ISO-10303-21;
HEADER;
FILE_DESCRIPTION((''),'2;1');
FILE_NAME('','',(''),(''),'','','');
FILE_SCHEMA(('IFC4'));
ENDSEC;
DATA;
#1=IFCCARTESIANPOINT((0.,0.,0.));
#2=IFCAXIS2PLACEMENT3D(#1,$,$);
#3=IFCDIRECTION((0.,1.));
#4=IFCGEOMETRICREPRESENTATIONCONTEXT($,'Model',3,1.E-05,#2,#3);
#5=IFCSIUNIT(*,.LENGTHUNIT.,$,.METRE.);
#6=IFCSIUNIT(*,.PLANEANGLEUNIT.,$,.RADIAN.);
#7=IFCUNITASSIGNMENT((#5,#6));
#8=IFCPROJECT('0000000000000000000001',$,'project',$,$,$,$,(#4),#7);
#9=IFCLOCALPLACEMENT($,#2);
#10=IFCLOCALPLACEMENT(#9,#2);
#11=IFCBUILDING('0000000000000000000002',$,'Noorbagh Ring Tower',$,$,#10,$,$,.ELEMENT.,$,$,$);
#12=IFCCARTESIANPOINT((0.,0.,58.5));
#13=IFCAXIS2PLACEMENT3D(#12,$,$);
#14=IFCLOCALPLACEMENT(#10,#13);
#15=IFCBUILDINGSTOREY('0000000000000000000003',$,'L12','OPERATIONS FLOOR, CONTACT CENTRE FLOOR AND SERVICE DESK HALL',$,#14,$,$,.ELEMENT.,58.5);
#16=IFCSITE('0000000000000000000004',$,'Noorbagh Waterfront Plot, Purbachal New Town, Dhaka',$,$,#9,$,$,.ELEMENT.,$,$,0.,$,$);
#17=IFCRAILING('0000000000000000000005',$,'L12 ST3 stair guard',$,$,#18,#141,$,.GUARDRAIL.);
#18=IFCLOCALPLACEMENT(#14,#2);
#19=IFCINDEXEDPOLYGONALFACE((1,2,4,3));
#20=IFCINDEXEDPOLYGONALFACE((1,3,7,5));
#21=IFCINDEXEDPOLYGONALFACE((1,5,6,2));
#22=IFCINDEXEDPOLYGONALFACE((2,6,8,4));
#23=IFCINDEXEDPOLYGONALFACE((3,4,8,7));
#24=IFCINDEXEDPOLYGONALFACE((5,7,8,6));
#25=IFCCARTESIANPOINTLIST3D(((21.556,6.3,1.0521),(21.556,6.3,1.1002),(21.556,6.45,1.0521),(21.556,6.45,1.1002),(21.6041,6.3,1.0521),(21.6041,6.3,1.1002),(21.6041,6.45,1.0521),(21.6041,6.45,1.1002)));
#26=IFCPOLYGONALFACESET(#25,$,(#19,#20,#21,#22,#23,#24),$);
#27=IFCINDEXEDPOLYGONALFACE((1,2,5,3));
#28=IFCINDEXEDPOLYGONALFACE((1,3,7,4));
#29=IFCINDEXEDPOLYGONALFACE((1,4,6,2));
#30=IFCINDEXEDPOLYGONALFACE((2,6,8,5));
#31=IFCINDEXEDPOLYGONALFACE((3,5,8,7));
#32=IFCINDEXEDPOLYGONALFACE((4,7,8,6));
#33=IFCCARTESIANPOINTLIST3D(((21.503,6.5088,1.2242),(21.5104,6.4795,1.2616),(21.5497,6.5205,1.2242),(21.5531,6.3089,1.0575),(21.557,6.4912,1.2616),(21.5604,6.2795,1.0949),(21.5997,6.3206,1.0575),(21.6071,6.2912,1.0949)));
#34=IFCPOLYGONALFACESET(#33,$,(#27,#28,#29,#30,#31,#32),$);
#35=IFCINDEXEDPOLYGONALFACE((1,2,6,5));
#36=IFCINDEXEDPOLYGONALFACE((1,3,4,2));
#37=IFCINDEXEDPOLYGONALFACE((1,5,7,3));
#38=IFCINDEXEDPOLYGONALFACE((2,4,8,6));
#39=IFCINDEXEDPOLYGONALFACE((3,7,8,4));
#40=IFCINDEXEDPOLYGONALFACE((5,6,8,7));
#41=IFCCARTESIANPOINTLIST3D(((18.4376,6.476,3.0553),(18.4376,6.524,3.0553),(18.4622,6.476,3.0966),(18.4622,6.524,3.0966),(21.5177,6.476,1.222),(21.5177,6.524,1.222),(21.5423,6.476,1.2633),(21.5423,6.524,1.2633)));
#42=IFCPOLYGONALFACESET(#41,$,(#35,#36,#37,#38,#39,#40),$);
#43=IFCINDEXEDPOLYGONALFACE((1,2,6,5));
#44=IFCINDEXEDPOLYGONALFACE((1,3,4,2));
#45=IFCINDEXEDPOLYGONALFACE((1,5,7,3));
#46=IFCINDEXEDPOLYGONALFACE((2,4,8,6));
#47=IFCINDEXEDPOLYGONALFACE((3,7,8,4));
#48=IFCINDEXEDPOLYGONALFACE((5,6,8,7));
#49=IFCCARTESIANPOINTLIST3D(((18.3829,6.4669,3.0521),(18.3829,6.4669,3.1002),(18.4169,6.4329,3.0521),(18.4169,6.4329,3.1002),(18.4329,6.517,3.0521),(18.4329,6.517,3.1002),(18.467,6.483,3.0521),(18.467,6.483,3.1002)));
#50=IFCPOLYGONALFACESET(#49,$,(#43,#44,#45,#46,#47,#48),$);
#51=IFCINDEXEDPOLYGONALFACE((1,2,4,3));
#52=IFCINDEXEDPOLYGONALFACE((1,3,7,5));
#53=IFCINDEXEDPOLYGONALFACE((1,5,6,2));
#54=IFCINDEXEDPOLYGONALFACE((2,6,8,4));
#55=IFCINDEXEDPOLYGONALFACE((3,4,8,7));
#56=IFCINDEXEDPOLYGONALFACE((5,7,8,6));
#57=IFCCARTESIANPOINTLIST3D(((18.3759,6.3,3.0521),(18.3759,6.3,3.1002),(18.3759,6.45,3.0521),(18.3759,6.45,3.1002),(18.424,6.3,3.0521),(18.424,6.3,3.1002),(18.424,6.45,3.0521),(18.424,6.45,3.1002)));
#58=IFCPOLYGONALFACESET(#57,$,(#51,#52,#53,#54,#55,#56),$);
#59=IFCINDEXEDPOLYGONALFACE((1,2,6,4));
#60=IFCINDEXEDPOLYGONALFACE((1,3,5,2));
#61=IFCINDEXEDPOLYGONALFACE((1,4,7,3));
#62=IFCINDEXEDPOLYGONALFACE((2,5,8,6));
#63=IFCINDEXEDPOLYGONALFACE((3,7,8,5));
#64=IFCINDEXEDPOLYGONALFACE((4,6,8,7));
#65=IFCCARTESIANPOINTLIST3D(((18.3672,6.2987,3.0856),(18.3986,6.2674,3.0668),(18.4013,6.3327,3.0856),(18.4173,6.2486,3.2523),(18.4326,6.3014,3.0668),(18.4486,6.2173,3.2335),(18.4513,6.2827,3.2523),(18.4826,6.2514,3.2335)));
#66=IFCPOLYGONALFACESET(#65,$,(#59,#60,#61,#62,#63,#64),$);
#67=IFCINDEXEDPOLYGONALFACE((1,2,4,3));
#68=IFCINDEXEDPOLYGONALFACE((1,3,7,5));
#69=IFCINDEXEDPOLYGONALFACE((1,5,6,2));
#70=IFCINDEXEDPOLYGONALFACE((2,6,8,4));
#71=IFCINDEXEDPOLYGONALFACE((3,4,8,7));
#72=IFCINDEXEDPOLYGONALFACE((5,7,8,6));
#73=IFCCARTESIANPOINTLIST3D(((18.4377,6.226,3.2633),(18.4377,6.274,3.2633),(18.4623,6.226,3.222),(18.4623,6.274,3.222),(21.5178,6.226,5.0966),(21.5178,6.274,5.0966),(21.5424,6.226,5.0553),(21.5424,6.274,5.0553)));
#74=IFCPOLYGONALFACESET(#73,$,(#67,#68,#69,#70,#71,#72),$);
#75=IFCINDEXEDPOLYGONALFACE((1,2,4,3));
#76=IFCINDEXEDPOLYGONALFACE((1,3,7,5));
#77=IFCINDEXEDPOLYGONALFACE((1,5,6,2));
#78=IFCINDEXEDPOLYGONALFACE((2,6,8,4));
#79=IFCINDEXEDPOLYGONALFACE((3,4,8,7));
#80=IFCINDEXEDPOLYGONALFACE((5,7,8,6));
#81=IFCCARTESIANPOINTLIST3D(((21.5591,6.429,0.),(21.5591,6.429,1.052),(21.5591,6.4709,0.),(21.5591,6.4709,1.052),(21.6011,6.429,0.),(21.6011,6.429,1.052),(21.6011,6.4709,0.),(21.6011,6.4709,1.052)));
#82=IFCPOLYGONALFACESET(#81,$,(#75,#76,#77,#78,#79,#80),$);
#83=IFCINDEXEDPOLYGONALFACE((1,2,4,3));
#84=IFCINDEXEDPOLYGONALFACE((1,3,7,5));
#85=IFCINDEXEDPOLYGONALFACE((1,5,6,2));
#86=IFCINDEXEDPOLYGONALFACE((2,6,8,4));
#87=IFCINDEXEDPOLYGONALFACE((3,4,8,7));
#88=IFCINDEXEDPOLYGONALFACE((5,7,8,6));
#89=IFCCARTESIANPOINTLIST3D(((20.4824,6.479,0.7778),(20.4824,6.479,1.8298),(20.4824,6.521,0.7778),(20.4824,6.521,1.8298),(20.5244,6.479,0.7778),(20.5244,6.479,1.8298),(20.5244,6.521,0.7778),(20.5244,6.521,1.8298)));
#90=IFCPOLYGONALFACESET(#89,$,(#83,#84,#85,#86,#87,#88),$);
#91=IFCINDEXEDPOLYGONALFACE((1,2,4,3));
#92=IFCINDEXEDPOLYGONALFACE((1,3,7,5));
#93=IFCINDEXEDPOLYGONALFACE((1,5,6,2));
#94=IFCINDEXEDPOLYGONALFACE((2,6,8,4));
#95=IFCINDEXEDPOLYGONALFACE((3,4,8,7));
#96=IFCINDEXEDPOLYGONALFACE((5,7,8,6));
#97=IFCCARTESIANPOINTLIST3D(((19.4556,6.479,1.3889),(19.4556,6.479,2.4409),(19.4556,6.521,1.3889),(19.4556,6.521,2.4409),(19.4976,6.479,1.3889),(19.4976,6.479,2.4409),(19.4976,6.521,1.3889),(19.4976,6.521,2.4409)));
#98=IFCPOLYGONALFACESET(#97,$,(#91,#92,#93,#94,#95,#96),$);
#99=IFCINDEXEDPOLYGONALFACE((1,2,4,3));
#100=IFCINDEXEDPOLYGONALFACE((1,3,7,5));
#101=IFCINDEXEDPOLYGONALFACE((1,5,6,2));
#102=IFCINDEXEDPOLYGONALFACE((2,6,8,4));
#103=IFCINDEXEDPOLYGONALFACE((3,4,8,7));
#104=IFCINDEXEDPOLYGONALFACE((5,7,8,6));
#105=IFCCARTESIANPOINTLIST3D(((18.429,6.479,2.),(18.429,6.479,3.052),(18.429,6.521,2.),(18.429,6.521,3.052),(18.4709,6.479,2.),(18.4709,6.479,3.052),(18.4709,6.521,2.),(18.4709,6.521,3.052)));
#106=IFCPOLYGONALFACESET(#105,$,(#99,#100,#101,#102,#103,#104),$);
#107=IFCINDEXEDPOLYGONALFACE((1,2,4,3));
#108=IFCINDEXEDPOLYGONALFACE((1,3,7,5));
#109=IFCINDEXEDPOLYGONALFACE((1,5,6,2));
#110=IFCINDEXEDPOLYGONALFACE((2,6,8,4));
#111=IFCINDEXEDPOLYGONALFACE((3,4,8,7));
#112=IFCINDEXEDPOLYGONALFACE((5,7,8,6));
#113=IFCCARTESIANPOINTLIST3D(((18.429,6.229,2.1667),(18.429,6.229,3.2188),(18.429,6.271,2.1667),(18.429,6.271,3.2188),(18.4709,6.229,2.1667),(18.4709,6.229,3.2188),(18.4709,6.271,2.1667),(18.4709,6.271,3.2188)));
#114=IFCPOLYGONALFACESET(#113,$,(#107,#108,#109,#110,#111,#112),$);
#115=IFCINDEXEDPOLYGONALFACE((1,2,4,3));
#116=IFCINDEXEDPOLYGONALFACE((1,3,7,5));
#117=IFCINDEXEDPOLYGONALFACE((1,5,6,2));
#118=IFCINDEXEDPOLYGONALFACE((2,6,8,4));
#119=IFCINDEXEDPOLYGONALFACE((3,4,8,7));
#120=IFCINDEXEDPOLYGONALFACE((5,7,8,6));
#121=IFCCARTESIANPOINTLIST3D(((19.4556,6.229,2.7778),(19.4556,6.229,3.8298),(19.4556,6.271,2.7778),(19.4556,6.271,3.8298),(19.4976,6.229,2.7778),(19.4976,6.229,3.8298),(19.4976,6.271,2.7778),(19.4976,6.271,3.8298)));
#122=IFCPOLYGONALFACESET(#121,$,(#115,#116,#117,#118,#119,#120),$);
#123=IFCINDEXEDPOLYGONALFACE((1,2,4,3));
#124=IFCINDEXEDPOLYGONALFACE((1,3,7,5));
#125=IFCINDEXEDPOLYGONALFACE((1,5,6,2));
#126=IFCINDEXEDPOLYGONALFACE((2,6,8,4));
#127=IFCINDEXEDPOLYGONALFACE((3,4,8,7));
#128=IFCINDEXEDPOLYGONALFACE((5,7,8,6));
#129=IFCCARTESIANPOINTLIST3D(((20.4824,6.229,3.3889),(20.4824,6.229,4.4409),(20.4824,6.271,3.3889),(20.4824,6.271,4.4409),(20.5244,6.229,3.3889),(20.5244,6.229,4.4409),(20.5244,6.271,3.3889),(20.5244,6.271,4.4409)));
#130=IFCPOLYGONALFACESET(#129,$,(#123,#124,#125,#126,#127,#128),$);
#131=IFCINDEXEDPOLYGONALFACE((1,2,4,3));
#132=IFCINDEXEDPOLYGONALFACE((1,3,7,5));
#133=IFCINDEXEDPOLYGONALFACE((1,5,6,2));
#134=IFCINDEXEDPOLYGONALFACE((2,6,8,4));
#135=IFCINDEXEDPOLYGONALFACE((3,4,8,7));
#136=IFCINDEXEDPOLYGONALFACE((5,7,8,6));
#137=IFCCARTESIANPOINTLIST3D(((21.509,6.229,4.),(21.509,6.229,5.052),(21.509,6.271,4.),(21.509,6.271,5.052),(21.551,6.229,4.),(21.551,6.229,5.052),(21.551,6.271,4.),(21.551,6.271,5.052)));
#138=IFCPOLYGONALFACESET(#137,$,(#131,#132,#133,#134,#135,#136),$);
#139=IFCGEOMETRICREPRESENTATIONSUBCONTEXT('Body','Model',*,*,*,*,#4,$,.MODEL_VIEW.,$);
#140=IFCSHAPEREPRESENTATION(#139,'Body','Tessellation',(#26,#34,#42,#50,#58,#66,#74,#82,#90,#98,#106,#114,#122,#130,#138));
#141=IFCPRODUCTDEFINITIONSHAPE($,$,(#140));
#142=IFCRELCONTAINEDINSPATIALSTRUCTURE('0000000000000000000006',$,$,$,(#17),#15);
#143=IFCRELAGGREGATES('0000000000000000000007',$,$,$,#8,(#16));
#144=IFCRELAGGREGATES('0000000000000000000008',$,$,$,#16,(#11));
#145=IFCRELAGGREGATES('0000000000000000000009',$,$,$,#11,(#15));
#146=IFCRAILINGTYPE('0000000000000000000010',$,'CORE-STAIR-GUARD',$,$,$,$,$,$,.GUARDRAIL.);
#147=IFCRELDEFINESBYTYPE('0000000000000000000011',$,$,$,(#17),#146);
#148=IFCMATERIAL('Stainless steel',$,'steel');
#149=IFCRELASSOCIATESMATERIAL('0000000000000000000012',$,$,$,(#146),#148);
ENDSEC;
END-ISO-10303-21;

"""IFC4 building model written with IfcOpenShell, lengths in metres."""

from ifc_helpers import new_model, si_unit, direction, frame, origin, origin_2d, place, context, subcontext, project, spatial, rectangle, extrude, material, type_object, element, save


model = new_model("IFC4")

# Units and contexts
model_context = context("Model", 3, precision=1e-05, world=origin(), true_north=direction((0.0, 1.0)))
body_context = subcontext(model_context, "Body", "Model", "MODEL_VIEW")
ifc_project = project(units=[si_unit("LENGTHUNIT", "METRE"), si_unit("PLANEANGLEUNIT", "RADIAN")], contexts=[model_context])

# Site, building, storey
site_placement = place(None, origin())
site = spatial("IfcSite", under=ifc_project, at=site_placement, Name="Noorbagh Waterfront Plot, Purbachal New Town, Dhaka", CompositionType="ELEMENT", RefElevation=0.0)
building_placement = place(site_placement, origin())
building = spatial("IfcBuilding", under=site, at=building_placement, Name="Noorbagh Ring Tower", CompositionType="ELEMENT")
storey_placement = place(building_placement, frame((0.0, 0.0, 58.5)))
storey = spatial("IfcBuildingStorey", under=building, at=storey_placement, Name="L12", Description="OPERATIONS FLOOR, CONTACT CENTRE FLOOR AND SERVICE DESK HALL", CompositionType="ELEMENT", Elevation=58.5)

# Railing
ifc_material_1 = material(Name="Stainless steel", Category="steel")
railing_type = type_object("IfcRailingType", Name="CORE-STAIR-GUARD", PredefinedType="GUARDRAIL", material=ifc_material_1)
railing_placement = place(storey_placement, frame((21.5801, 6.45, 0.0)))
element("IfcRailing", 1, at=railing_placement, inside=storey, type_object=railing_type, Name="L12 ST3 stair guard", PredefinedType="GUARDRAIL", context=body_context, shape_type="SweptSolid", body=[
    extrude(rectangle(XDim=0.0481, YDim=0.0481, at=origin_2d()), frame((0.0, 0.0, 1.0762), z_axis=(0.0, -1.0, 0.0), x_axis=(1.0, 0.0, 0.0)), (0.0, 0.0, 1.0), 0.1499),
    extrude(rectangle(XDim=0.0481, YDim=0.0481, at=origin_2d()), frame((0.0, -0.1499, 1.0762), z_axis=(-0.188776, 0.754182, 0.628946), x_axis=(-0.970073, -0.242814, 0.0)), (0.0, 0.0, 1.0), 0.2651),
    extrude(rectangle(XDim=0.0481, YDim=0.0481, at=origin_2d()), frame((-0.05, 0.05, 1.2427), z_axis=(-0.859309, 0.0, 0.511458), x_axis=(0.0, -1.0, 0.0)), (0.0, 0.0, 1.0), 3.5845),
    extrude(rectangle(XDim=0.0481, YDim=0.0481, at=origin_2d()), frame((-3.1301, 0.05, 3.0762), z_axis=(-0.707107, -0.707107, 0.0), x_axis=(0.707107, -0.707107, 0.0)), (0.0, 0.0, 1.0), 0.0708),
    extrude(rectangle(XDim=0.0481, YDim=0.0481, at=origin_2d()), frame((-3.1802, 0.0, 3.0762), z_axis=(0.0, -1.0, 0.0), x_axis=(1.0, 0.0, 0.0)), (0.0, 0.0, 1.0), 0.1499),
    extrude(rectangle(XDim=0.0481, YDim=0.0481, at=origin_2d()), frame((-3.1802, -0.1499, 3.0762), z_axis=(0.276287, -0.276287, 0.920506), x_axis=(0.707107, 0.707107, 0.0)), (0.0, 0.0, 1.0), 0.1812),
    extrude(rectangle(XDim=0.0481, YDim=0.0481, at=origin_2d()), frame((-3.1301, -0.2, 3.2427), z_axis=(0.859309, 0.0, 0.511458), x_axis=(0.0, 1.0, 0.0)), (0.0, 0.0, 1.0), 3.5845),
    extrude(rectangle(XDim=0.042, YDim=0.042, at=origin_2d()), origin(), (0.0, 0.0, 1.0), 1.052),
    extrude(rectangle(XDim=0.042, YDim=0.042, at=origin_2d()), frame((-1.0767, 0.05, 0.7778)), (0.0, 0.0, 1.0), 1.052),
    extrude(rectangle(XDim=0.042, YDim=0.042, at=origin_2d()), frame((-2.1035, 0.05, 1.3889)), (0.0, 0.0, 1.0), 1.052),
    extrude(rectangle(XDim=0.042, YDim=0.042, at=origin_2d()), frame((-3.1301, 0.05, 2.0)), (0.0, 0.0, 1.0), 1.052),
    extrude(rectangle(XDim=0.042, YDim=0.042, at=origin_2d()), frame((-3.1301, -0.2, 2.1667)), (0.0, 0.0, 1.0), 1.052),
    extrude(rectangle(XDim=0.042, YDim=0.042, at=origin_2d()), frame((-2.1035, -0.2, 2.7778)), (0.0, 0.0, 1.0), 1.052),
    extrude(rectangle(XDim=0.042, YDim=0.042, at=origin_2d()), frame((-1.0767, -0.2, 3.3889)), (0.0, 0.0, 1.0), 1.052),
    extrude(rectangle(XDim=0.042, YDim=0.042, at=origin_2d()), frame((-0.05, -0.2, 4.0)), (0.0, 0.0, 1.0), 1.052),
])

save(model, "model.ifc")
